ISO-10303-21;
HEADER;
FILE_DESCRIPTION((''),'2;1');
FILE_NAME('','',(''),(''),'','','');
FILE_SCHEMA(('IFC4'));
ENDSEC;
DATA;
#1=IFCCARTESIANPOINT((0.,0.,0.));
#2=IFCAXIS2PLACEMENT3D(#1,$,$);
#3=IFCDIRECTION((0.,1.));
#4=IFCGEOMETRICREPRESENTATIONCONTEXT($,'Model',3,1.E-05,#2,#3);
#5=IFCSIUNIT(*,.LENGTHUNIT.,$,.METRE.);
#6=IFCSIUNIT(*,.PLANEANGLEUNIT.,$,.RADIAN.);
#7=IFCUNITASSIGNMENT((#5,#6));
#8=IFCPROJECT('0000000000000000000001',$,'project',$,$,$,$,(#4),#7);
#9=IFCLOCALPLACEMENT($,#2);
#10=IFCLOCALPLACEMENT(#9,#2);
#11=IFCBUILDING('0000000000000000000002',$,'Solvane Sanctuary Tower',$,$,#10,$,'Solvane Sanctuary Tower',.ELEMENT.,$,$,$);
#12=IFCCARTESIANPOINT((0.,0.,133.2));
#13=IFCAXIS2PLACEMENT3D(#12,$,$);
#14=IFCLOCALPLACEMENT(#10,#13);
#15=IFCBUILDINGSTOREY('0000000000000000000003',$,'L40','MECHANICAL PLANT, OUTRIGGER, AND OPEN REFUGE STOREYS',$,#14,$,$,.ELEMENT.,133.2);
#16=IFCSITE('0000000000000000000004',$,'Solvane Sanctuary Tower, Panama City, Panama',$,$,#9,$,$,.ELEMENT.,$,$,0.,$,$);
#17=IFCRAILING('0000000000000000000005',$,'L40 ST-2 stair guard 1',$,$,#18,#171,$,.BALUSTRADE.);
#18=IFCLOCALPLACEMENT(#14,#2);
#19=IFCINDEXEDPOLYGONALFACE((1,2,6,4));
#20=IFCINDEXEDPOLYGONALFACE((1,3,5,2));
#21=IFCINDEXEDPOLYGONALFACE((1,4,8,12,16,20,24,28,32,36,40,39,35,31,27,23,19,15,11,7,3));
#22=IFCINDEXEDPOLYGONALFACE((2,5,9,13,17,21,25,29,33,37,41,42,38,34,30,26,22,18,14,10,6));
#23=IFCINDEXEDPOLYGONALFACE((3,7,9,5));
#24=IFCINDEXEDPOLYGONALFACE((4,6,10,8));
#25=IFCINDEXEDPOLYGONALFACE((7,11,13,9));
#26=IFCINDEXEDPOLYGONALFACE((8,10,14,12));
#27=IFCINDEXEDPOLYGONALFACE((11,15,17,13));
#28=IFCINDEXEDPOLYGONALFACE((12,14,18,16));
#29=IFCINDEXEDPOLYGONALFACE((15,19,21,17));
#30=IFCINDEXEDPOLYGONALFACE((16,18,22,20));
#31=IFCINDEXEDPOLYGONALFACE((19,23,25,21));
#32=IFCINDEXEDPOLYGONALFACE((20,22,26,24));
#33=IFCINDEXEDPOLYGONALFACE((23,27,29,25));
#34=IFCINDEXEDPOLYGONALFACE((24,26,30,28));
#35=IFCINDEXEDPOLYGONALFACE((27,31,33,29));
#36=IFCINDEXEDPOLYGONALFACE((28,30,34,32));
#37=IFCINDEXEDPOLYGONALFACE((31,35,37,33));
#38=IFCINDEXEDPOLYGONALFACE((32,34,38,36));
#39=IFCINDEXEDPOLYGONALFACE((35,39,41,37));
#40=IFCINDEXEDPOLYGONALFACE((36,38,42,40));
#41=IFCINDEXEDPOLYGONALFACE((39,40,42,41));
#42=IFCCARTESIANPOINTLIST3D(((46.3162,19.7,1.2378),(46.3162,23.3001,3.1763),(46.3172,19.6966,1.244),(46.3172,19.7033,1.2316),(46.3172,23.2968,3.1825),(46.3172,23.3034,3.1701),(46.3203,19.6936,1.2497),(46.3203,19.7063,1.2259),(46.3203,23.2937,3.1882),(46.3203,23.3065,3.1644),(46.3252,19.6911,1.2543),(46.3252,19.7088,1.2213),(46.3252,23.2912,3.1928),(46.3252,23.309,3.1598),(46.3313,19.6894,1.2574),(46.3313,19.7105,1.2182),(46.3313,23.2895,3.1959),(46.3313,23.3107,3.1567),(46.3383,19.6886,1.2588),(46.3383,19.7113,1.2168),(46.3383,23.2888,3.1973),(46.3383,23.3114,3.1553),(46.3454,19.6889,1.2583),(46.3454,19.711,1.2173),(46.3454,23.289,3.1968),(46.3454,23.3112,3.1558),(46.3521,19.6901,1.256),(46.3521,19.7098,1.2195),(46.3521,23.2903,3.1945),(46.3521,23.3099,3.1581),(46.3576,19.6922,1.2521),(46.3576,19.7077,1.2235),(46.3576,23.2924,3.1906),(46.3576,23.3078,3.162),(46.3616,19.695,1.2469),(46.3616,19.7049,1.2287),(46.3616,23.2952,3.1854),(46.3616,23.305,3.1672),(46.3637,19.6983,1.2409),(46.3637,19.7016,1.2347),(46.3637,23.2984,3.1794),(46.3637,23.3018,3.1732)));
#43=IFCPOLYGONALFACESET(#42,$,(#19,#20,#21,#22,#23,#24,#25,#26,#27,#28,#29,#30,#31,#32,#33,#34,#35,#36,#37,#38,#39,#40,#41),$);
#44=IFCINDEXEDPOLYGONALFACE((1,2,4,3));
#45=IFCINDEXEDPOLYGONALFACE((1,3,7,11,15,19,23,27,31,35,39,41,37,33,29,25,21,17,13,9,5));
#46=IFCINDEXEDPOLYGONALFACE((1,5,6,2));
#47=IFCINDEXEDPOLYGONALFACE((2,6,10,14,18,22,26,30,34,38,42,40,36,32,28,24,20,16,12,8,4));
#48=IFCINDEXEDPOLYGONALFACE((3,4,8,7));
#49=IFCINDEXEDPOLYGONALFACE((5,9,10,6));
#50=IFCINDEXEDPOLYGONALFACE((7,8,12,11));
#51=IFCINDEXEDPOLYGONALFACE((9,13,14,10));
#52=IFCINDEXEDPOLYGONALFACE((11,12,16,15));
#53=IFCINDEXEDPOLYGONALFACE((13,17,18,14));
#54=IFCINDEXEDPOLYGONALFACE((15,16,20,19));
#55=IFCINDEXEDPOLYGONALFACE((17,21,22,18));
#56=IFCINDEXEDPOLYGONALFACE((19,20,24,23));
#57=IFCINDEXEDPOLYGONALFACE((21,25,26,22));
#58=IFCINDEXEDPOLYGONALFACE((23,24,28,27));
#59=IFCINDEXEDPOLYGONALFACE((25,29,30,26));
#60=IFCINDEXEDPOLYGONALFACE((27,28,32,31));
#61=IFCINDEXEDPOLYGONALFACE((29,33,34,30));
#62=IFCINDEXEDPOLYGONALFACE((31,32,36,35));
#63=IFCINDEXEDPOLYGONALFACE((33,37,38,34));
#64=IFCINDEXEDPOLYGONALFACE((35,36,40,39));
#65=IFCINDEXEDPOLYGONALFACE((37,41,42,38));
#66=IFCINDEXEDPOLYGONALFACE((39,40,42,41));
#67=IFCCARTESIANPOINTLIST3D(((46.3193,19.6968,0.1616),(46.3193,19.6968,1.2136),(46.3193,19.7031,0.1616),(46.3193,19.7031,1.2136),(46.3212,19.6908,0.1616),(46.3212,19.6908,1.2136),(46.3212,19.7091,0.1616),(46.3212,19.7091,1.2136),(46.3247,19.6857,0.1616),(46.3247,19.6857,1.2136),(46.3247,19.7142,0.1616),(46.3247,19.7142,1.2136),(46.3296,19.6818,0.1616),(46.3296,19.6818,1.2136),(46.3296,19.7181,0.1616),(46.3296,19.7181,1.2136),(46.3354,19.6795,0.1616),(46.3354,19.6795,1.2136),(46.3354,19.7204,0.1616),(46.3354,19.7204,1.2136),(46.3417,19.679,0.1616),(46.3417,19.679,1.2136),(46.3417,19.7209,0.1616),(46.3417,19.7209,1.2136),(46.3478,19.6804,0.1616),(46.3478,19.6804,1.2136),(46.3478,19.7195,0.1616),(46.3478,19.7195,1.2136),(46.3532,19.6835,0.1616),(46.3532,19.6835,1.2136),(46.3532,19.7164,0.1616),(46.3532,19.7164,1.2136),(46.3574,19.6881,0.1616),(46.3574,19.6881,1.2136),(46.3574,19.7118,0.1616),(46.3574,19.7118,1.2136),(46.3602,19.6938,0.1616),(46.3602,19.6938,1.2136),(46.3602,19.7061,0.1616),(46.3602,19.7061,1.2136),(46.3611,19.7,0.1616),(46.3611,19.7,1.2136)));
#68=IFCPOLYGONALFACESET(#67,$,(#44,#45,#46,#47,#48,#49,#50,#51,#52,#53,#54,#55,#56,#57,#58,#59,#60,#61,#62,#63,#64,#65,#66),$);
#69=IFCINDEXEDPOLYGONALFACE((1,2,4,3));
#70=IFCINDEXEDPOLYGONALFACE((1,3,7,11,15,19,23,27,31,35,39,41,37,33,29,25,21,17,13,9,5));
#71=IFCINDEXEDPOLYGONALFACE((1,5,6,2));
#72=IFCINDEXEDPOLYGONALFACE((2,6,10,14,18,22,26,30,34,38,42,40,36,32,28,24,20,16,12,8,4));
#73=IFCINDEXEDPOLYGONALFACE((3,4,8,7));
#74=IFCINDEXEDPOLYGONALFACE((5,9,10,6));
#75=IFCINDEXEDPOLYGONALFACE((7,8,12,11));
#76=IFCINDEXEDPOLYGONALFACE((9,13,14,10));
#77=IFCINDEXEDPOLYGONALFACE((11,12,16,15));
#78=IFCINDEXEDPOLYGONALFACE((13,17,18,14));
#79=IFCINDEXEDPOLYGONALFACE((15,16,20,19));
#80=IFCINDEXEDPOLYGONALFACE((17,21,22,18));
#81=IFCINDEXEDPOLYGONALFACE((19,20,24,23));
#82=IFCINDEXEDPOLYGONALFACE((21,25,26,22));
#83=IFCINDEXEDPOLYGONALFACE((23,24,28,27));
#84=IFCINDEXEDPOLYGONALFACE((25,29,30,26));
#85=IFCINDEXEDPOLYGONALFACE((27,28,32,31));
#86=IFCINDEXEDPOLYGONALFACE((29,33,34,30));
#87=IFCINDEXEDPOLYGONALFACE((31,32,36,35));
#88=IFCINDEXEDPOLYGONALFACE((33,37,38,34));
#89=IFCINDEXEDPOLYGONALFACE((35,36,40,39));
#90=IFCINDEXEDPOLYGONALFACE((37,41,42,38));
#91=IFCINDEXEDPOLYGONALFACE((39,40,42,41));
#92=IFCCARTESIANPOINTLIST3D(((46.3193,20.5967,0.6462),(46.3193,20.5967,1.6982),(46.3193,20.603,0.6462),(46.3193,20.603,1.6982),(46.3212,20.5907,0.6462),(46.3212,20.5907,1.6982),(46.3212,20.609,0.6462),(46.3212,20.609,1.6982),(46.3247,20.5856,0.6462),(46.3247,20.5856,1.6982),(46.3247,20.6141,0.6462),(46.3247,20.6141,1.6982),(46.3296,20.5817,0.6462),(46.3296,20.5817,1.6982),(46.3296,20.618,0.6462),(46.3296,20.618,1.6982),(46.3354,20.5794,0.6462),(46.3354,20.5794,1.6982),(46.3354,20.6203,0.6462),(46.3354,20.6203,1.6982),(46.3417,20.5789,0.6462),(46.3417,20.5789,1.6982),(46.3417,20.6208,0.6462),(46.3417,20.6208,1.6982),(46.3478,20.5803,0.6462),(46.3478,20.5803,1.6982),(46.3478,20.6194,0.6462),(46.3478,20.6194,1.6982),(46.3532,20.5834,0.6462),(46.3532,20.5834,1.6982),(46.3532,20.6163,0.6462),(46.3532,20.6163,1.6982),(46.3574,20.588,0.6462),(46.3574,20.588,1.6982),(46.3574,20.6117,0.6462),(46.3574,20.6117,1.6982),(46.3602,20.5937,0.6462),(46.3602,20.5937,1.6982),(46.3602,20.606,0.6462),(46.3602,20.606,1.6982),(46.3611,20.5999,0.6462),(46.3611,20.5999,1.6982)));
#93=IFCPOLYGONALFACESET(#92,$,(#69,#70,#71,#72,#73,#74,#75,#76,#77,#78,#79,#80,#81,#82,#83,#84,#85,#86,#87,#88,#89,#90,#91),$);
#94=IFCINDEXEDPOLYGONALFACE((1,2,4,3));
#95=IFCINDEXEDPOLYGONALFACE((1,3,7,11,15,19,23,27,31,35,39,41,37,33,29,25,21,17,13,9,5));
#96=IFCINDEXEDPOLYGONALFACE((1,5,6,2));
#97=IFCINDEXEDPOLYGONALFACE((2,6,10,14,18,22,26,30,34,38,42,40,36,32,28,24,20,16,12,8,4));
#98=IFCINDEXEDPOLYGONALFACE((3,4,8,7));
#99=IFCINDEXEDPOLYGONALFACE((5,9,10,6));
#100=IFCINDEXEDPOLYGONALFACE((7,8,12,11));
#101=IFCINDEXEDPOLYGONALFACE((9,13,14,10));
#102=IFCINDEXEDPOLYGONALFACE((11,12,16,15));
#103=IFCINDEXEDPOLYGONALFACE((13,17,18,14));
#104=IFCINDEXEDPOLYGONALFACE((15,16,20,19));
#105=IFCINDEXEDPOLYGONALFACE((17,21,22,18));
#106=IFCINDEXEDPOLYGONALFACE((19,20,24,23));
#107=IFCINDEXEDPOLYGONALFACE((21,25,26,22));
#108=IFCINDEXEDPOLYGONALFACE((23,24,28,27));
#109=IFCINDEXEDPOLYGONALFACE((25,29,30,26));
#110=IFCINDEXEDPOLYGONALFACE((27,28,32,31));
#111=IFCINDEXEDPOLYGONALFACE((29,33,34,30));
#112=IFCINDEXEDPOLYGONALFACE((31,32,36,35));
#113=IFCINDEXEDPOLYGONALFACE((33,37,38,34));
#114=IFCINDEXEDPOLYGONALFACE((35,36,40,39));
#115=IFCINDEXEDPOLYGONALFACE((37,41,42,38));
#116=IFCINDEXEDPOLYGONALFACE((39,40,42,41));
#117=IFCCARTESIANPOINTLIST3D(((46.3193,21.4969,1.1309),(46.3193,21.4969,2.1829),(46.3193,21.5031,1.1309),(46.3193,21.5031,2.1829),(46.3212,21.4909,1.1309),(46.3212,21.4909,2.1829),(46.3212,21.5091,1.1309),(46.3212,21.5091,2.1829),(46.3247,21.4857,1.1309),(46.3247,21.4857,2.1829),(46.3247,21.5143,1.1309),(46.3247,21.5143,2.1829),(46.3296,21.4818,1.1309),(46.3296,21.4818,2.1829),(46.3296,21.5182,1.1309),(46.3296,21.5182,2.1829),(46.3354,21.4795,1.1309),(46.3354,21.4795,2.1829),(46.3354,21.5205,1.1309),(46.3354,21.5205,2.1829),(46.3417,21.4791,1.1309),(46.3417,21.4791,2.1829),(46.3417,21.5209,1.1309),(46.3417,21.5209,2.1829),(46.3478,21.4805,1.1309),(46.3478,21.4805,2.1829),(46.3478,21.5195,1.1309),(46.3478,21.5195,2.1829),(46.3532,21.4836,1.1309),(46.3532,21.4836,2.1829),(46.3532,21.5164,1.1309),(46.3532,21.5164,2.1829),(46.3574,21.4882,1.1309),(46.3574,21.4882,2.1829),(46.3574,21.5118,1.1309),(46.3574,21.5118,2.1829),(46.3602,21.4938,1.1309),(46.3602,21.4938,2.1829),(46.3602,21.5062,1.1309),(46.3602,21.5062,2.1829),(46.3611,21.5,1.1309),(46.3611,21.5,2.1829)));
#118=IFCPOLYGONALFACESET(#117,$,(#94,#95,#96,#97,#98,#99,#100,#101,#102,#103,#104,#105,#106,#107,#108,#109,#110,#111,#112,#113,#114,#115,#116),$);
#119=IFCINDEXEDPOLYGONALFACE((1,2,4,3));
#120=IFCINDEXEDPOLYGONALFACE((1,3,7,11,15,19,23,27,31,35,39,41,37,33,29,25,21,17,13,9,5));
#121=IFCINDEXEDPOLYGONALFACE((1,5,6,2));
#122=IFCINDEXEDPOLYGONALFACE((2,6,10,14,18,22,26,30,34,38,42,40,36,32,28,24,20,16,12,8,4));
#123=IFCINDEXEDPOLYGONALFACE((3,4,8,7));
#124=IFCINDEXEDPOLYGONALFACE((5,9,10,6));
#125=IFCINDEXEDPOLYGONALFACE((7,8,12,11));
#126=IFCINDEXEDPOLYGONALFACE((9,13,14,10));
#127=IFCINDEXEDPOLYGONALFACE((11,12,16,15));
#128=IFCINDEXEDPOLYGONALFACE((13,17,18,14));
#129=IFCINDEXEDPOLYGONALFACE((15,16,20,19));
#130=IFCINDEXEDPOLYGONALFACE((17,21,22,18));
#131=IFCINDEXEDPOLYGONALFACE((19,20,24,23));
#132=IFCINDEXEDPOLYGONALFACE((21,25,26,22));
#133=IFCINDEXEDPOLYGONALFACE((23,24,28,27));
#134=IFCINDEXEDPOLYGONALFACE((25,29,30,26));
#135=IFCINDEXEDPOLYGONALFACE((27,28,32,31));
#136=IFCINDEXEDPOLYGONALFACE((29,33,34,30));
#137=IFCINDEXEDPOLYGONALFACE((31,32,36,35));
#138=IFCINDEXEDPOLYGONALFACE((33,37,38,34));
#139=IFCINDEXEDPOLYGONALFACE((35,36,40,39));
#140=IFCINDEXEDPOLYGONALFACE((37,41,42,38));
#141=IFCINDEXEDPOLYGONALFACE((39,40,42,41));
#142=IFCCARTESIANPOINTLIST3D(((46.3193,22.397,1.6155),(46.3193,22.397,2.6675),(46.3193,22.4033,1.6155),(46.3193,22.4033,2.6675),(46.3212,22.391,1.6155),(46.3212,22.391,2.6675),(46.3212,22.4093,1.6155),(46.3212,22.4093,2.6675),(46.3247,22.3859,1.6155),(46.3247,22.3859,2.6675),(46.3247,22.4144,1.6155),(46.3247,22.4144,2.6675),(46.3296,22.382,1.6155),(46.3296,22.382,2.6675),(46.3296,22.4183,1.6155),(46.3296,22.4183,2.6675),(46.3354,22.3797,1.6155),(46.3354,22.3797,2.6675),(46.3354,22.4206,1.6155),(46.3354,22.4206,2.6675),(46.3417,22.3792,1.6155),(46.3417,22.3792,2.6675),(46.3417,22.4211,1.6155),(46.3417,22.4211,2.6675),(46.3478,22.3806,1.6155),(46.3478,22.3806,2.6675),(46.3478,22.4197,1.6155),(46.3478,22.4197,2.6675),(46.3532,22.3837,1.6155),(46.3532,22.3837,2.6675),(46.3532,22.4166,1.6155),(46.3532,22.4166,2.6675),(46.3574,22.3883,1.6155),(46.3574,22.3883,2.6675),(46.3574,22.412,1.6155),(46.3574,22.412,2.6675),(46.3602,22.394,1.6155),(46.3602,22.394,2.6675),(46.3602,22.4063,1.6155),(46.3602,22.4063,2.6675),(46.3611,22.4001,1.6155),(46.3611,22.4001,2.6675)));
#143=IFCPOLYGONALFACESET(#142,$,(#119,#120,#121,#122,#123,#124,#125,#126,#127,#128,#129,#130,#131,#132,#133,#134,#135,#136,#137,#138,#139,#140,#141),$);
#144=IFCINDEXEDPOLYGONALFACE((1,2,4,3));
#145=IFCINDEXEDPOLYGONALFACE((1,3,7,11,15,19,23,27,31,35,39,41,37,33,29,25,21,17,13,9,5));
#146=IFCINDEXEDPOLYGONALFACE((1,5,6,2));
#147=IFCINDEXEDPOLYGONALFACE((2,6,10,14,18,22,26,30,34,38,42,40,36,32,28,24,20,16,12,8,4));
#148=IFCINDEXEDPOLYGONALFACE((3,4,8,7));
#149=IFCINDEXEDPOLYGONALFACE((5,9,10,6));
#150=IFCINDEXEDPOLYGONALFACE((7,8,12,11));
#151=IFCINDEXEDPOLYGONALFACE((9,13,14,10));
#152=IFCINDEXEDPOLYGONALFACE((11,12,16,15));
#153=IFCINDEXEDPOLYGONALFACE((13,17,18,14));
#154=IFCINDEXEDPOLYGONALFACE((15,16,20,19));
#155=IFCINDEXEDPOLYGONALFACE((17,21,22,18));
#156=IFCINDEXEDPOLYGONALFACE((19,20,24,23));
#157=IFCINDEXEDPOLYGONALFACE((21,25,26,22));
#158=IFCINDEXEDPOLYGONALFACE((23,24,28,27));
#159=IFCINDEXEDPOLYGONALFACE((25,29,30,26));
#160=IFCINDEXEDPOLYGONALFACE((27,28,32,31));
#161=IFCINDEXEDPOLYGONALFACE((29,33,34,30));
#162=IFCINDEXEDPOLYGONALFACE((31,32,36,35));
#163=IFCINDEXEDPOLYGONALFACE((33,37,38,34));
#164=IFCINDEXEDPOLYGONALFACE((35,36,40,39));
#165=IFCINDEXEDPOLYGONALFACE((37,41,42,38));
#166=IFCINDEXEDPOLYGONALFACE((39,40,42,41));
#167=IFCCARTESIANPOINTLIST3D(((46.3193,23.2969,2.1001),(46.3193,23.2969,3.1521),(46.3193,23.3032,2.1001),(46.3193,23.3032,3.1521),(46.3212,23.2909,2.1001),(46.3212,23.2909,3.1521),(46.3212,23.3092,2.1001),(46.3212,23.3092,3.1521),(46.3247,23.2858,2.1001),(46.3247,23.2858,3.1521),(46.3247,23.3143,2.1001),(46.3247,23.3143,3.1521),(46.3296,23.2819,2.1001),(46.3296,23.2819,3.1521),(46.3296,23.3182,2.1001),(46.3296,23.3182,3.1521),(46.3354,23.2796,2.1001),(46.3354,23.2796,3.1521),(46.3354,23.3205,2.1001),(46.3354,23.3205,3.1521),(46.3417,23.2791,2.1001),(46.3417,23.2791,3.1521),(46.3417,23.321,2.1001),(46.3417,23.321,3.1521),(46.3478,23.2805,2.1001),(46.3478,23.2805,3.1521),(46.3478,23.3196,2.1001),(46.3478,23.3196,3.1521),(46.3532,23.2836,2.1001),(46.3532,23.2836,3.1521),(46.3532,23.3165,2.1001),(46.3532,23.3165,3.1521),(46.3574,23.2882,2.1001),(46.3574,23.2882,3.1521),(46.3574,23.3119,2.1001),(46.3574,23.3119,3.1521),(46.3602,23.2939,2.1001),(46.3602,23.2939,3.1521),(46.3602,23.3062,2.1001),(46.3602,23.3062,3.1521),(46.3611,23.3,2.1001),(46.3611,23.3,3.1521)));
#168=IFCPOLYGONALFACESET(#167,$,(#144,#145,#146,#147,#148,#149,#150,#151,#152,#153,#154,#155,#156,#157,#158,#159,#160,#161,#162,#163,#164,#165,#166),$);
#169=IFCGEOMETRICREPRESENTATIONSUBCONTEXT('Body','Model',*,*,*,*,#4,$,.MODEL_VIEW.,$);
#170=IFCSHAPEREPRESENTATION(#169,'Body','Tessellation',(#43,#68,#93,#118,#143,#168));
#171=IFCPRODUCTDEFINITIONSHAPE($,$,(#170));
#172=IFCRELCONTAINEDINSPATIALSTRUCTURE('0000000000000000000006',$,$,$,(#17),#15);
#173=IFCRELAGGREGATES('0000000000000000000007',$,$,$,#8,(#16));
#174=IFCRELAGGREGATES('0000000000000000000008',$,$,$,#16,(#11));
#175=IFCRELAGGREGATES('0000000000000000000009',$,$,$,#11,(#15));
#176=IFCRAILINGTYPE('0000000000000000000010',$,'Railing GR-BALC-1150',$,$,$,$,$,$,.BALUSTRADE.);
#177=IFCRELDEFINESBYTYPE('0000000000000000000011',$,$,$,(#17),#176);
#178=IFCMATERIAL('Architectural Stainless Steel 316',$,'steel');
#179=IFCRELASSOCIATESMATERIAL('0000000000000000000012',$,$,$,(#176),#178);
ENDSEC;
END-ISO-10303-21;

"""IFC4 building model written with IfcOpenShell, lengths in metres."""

from ifc_helpers import new_model, si_unit, direction, frame, origin, origin_2d, place, context, subcontext, project, spatial, circle, extrude, material, type_object, element, save


model = new_model("IFC4")

# Units and contexts
model_context = context("Model", 3, precision=1e-05, world=origin(), true_north=direction((0.0, 1.0)))
body_context = subcontext(model_context, "Body", "Model", "MODEL_VIEW")
ifc_project = project(units=[si_unit("LENGTHUNIT", "METRE"), si_unit("PLANEANGLEUNIT", "RADIAN")], contexts=[model_context])

# Site, building, storey
site_placement = place(None, origin())
site = spatial("IfcSite", under=ifc_project, at=site_placement, Name="Solvane Sanctuary Tower, Panama City, Panama", CompositionType="ELEMENT", RefElevation=0.0)
building_placement = place(site_placement, origin())
building = spatial("IfcBuilding", under=site, at=building_placement, Name="Solvane Sanctuary Tower", LongName="Solvane Sanctuary Tower", CompositionType="ELEMENT")
storey_placement = place(building_placement, frame((0.0, 0.0, 133.2)))
storey = spatial("IfcBuildingStorey", under=building, at=storey_placement, Name="L40", Description="MECHANICAL PLANT, OUTRIGGER, AND OPEN REFUGE STOREYS", CompositionType="ELEMENT", Elevation=133.2)

# Shared definitions
ifc_material_1 = material(Name="Architectural Stainless Steel 316", Category="steel")

# Railing
railing_type_1 = type_object("IfcRailingType", Name="Railing GR-BALC-1150", PredefinedType="BALUSTRADE", material=ifc_material_1)
railing_1_placement = place(storey_placement, frame((46.3401, 19.7, 0.1616)))
element("IfcRailing", 1, at=railing_1_placement, inside=storey, type_object=railing_type_1, Name="L40 ST-2 stair guard 1", PredefinedType="BALUSTRADE", context=body_context, shape_type="SweptSolid", body=[
    extrude(circle(Radius=0.0239, at=origin_2d()), frame((0.0, 0.0, 1.0762), z_axis=(0.0, 0.880475, 0.474093), x_axis=(-1.0, 0.0, 0.0)), (0.0, 0.0, 1.0), 4.0889),
    extrude(circle(Radius=0.021, at=origin_2d()), origin(), (0.0, 0.0, 1.0), 1.052),
    extrude(circle(Radius=0.021, at=origin_2d()), frame((0.0, 0.8999, 0.4846)), (0.0, 0.0, 1.0), 1.052),
    extrude(circle(Radius=0.021, at=origin_2d()), frame((0.0, 1.8, 0.9692)), (0.0, 0.0, 1.0), 1.052),
    extrude(circle(Radius=0.021, at=origin_2d()), frame((0.0, 2.7002, 1.4539)), (0.0, 0.0, 1.0), 1.052),
    extrude(circle(Radius=0.021, at=origin_2d()), frame((0.0, 3.6001, 1.9385)), (0.0, 0.0, 1.0), 1.052),
])

save(model, "model.ifc")
